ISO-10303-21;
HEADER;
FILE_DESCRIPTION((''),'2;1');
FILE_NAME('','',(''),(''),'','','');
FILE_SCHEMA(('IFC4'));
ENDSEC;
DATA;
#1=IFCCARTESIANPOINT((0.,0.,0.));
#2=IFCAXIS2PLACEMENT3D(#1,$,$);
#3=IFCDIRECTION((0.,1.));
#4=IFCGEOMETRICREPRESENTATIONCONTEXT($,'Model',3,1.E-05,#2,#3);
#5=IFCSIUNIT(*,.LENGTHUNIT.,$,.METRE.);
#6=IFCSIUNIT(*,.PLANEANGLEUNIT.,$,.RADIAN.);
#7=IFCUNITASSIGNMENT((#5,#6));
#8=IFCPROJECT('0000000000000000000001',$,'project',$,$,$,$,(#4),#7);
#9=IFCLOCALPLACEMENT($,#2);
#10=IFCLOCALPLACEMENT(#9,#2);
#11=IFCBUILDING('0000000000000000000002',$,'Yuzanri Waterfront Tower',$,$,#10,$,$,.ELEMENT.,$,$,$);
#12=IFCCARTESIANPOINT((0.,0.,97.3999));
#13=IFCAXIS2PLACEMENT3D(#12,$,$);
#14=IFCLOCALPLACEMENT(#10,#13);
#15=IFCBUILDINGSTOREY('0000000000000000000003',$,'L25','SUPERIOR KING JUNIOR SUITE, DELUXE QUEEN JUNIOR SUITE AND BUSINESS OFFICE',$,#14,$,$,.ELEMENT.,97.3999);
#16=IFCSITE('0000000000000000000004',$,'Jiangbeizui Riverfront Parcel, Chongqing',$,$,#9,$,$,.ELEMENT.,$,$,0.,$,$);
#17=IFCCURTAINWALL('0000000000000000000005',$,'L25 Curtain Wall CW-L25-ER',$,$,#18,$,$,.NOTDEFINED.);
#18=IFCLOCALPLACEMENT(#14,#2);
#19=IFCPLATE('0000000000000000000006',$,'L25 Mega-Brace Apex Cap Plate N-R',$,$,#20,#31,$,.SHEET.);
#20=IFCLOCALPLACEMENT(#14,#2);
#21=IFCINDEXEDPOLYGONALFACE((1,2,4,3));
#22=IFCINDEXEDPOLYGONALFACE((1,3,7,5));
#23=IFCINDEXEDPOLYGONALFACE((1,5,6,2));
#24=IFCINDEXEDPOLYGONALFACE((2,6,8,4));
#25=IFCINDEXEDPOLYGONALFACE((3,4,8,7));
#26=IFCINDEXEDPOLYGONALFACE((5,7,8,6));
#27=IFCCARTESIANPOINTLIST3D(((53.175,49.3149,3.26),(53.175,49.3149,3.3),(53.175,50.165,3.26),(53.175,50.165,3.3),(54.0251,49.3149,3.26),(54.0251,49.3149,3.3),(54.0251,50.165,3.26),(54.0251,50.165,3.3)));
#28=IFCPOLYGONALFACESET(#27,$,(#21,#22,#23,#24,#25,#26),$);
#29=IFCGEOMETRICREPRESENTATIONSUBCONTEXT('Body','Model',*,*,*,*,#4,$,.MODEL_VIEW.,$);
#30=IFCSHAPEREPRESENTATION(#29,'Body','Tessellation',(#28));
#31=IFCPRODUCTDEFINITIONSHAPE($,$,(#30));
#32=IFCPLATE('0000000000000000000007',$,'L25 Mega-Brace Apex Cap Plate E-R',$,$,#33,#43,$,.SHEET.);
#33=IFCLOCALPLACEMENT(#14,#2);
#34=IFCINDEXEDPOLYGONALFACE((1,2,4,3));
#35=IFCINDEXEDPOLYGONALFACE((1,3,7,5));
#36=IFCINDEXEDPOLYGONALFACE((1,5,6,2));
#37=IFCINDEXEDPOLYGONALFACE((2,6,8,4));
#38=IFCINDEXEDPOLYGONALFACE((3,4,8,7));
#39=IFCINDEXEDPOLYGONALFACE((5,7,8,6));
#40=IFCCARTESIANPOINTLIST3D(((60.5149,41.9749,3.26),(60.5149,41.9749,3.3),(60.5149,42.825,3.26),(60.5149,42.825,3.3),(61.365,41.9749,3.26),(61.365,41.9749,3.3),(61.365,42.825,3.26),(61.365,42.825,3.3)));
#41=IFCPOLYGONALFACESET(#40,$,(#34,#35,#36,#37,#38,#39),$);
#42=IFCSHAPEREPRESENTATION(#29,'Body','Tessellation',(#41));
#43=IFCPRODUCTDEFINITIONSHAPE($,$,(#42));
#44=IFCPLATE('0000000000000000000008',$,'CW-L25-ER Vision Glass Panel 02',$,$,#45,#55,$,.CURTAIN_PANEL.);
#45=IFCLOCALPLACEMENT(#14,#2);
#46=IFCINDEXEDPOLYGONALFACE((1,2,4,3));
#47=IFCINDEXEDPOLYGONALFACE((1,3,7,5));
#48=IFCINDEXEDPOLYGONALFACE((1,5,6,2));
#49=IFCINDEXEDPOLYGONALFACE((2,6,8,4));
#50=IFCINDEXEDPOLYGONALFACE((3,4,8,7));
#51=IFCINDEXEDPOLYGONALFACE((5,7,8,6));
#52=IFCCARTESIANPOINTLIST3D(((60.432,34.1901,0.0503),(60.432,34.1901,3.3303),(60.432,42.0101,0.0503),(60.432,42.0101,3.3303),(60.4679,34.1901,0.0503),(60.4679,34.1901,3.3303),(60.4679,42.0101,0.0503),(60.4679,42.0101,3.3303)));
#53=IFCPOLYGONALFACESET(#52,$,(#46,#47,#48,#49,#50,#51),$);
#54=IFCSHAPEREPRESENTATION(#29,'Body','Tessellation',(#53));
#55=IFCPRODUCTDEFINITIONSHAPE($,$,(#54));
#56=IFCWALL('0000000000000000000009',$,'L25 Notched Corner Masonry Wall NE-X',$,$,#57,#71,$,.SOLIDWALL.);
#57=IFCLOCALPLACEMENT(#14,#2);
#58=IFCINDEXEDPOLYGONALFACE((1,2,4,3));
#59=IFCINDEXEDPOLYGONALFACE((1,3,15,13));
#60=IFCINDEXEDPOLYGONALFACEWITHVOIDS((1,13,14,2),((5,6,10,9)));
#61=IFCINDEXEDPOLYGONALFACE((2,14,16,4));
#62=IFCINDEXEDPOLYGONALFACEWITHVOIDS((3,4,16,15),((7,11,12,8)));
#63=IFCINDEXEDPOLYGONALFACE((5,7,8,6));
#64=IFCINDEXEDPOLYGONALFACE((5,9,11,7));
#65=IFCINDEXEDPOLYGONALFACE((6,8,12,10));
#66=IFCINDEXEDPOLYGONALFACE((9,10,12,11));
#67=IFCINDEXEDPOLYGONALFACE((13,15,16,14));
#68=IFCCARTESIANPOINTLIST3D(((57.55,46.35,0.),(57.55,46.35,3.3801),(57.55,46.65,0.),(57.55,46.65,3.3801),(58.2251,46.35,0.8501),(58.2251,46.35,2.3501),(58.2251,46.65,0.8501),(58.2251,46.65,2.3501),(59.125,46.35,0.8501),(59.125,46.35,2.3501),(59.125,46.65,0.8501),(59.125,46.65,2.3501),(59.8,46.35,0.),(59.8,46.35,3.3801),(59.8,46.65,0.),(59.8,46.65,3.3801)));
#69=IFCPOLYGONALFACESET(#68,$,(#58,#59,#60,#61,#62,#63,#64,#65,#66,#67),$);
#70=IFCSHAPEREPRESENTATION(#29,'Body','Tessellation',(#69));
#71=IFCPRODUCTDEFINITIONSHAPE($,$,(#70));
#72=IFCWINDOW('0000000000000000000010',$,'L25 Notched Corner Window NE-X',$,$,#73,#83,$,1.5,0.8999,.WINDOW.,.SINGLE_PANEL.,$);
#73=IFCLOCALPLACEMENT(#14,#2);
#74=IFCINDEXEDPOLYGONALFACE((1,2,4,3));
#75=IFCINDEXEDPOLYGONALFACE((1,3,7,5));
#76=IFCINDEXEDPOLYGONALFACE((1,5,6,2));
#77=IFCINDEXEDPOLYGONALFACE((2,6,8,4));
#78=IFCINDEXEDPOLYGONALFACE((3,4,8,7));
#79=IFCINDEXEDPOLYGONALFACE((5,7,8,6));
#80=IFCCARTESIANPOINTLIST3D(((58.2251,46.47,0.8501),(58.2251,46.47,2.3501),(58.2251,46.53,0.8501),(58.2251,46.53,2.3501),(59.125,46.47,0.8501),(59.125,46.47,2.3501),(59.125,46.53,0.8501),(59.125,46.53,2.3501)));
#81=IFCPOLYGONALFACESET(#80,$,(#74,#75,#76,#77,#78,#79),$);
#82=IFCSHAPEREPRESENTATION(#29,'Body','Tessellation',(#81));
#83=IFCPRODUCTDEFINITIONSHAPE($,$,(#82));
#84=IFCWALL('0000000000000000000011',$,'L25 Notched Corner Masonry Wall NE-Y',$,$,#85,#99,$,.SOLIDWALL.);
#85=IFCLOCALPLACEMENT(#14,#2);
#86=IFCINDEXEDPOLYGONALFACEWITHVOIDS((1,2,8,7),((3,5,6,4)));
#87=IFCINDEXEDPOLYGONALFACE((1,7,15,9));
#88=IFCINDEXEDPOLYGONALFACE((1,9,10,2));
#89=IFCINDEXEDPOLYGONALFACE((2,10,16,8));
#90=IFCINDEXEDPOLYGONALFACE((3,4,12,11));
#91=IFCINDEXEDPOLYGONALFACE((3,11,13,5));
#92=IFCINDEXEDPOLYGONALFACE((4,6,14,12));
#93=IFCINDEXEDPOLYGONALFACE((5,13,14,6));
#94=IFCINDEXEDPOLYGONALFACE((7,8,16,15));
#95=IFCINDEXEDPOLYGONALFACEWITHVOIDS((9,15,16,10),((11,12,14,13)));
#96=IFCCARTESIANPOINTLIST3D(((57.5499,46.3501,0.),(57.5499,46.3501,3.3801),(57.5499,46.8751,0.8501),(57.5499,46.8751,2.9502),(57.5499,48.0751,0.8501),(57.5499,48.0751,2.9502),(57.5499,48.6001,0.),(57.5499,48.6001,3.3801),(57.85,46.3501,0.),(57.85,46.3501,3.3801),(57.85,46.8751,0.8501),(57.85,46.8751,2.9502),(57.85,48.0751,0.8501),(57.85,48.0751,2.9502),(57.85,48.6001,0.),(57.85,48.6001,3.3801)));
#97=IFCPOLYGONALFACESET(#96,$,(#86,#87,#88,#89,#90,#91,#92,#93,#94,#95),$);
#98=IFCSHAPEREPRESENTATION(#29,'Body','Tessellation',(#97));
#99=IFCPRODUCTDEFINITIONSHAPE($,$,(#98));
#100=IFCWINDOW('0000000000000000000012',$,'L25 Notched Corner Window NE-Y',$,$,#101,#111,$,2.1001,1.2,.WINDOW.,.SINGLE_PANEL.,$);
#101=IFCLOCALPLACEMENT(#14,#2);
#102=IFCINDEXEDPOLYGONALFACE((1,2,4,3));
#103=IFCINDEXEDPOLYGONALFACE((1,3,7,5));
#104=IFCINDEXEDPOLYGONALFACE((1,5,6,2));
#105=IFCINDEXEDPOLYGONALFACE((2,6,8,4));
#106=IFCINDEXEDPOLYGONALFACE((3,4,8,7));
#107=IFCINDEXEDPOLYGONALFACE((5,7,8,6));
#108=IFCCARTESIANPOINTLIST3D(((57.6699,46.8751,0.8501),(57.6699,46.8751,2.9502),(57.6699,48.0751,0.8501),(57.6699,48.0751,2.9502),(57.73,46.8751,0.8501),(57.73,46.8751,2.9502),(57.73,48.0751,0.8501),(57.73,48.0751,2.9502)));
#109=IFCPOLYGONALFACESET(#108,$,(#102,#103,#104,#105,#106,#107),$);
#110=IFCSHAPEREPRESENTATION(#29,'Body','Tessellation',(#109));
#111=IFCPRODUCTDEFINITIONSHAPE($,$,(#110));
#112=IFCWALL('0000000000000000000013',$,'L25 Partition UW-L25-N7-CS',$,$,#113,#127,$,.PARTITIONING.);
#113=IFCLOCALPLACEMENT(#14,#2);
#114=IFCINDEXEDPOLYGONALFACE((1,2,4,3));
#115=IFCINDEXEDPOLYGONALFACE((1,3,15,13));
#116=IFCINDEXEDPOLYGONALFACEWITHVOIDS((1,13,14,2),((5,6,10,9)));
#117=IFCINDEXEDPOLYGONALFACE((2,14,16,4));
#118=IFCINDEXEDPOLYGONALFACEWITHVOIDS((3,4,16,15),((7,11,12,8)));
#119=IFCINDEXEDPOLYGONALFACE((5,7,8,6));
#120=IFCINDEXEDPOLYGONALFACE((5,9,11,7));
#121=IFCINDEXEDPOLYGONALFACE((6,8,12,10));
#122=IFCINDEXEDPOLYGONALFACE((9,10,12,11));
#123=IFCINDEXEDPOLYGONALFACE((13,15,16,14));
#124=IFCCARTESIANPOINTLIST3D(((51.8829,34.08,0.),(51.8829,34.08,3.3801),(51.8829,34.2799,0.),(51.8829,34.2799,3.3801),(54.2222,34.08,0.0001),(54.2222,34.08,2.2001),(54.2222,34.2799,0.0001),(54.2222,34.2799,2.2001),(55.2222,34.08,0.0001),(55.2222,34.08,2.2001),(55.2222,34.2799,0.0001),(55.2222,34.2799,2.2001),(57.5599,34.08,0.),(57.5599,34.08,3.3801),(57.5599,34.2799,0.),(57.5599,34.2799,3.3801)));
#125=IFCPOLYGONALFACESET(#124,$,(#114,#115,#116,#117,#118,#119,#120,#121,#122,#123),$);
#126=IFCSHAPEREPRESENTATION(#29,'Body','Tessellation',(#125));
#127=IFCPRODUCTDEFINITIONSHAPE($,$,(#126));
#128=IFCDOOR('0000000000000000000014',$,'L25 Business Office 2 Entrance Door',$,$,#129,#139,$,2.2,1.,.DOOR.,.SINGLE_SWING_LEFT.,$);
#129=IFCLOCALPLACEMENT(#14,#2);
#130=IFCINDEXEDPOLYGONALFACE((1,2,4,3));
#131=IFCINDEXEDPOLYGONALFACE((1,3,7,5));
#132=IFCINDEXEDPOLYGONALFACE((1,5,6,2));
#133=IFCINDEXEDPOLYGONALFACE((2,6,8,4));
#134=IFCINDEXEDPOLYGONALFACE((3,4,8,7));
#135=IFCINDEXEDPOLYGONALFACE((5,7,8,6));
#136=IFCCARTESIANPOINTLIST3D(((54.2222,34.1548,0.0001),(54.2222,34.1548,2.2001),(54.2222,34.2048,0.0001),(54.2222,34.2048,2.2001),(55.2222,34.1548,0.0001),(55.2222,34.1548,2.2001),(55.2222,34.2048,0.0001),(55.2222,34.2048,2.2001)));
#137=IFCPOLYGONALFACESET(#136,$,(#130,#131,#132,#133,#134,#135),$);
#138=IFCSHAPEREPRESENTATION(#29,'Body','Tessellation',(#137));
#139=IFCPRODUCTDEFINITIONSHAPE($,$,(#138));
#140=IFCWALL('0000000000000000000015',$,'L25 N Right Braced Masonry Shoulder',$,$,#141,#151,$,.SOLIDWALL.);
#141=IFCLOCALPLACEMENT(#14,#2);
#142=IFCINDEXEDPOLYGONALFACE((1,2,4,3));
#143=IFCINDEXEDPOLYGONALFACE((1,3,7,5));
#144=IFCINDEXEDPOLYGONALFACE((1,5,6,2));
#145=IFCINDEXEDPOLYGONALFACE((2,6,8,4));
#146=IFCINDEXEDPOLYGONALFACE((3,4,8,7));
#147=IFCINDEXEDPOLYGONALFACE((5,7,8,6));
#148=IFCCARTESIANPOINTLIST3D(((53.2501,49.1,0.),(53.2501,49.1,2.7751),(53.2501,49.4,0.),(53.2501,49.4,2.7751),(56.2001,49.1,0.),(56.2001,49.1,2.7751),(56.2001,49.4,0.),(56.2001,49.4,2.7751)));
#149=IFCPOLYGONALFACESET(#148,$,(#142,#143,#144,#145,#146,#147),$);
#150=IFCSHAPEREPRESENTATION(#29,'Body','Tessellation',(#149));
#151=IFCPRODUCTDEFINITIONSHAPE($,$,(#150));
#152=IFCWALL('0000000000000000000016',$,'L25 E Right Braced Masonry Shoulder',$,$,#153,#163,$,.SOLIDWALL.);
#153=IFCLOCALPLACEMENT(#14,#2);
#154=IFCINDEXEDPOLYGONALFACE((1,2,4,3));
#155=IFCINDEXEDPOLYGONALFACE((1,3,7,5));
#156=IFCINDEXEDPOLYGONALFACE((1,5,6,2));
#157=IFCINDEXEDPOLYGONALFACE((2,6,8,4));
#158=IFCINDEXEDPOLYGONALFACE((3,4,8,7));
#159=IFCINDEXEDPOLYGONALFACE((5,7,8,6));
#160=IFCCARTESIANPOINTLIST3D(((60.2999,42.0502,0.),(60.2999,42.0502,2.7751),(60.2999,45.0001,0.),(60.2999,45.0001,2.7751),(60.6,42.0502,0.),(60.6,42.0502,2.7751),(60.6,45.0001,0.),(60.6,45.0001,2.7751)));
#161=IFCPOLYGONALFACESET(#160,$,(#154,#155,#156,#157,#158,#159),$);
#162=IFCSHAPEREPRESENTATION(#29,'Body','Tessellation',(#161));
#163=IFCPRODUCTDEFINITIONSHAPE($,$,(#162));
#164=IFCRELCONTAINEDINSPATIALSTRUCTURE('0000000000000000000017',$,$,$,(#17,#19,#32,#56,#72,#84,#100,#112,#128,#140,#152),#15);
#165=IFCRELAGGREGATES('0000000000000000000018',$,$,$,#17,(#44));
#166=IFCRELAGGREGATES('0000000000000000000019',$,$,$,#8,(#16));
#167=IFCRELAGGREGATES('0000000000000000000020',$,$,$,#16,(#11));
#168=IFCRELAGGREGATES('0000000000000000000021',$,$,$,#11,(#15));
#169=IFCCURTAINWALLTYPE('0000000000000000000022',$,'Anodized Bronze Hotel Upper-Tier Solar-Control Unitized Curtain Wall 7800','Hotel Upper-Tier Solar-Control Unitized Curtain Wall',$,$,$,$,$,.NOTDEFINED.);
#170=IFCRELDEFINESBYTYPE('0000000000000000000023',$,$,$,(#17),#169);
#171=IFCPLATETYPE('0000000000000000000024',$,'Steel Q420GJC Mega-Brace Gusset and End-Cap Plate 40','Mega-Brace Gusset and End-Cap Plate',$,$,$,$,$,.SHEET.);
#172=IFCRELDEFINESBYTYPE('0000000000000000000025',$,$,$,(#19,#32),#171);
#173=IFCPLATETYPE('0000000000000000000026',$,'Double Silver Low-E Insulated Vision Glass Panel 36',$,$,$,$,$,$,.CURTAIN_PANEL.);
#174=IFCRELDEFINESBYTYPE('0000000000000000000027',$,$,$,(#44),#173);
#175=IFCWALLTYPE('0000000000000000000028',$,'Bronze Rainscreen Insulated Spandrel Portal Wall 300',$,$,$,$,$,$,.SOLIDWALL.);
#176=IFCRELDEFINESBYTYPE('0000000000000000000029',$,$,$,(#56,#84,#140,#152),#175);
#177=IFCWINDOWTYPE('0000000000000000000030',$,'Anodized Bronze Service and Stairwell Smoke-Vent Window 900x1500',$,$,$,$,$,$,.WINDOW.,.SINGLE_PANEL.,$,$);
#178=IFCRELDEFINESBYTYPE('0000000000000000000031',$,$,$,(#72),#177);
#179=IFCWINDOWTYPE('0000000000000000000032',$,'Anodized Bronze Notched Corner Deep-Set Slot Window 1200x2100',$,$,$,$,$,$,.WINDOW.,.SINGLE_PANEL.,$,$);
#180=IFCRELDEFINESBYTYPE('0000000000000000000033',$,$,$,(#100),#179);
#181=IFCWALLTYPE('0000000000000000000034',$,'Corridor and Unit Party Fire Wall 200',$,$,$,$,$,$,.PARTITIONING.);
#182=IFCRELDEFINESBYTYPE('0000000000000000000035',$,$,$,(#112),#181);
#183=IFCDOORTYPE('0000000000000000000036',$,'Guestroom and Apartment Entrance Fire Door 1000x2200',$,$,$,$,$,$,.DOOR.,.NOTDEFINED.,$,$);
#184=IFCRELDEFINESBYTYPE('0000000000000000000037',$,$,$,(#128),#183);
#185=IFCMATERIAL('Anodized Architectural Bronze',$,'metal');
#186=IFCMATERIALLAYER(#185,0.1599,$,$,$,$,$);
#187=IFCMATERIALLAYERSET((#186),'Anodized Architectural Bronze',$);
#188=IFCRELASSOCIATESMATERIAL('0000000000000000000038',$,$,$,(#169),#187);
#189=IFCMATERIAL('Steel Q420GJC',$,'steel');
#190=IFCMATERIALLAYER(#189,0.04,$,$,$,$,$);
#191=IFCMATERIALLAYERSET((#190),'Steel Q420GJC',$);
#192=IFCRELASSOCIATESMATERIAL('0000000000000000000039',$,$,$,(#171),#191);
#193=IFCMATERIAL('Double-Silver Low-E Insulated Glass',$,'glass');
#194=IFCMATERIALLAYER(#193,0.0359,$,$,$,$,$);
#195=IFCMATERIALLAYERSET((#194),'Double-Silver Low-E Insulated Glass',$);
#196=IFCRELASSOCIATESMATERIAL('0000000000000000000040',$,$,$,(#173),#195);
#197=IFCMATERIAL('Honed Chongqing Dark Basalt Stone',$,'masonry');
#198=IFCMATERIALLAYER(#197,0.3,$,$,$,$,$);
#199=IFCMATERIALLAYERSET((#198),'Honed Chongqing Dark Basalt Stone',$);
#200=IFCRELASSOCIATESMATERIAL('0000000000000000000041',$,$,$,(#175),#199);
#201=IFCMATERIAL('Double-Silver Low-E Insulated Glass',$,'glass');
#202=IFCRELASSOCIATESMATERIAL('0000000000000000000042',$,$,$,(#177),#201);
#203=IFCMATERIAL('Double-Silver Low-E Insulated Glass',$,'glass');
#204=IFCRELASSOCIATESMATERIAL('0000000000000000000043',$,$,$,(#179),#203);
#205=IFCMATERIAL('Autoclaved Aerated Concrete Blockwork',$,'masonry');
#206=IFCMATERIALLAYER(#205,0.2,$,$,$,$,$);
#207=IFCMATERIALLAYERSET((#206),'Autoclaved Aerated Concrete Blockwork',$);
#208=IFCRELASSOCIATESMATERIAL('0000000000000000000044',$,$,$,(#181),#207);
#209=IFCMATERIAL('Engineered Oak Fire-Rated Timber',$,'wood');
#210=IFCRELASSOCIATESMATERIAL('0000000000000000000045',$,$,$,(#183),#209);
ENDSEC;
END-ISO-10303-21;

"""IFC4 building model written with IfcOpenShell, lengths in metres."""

from ifc_helpers import new_model, si_unit, direction, frame, frame_2d, origin, origin_2d, place, context, subcontext, project, spatial, rectangle, extrude, source, transform, mapped, material, layer, layer_set, type_object, element, fill, aggregate, save


model = new_model("IFC4")

# Units and contexts
model_context = context("Model", 3, precision=1e-05, world=origin(), true_north=direction((0.0, 1.0)))
body_context = subcontext(model_context, "Body", "Model", "MODEL_VIEW")
ifc_project = project(units=[si_unit("LENGTHUNIT", "METRE"), si_unit("PLANEANGLEUNIT", "RADIAN")], contexts=[model_context])

# Site, building, storey
site_placement = place(None, origin())
site = spatial("IfcSite", under=ifc_project, at=site_placement, Name="Jiangbeizui Riverfront Parcel, Chongqing", CompositionType="ELEMENT", RefElevation=0.0)
building_placement = place(site_placement, origin())
building = spatial("IfcBuilding", under=site, at=building_placement, Name="Yuzanri Waterfront Tower", CompositionType="ELEMENT")
storey_placement = place(building_placement, frame((0.0, 0.0, 97.3999)))
storey = spatial("IfcBuildingStorey", under=building, at=storey_placement, Name="L25", Description="SUPERIOR KING JUNIOR SUITE, DELUXE QUEEN JUNIOR SUITE AND BUSINESS OFFICE", CompositionType="ELEMENT", Elevation=97.3999)

# Curtain wall
ifc_material_1 = material(Name="Anodized Architectural Bronze", Category="metal")
ifc_layer_1 = layer(ifc_material_1, 0.1599)
ifc_layer_set_1 = layer_set([ifc_layer_1], Name="Anodized Architectural Bronze")
curtain_wall_type = type_object("IfcCurtainWallType", Name="Anodized Bronze Hotel Upper-Tier Solar-Control Unitized Curtain Wall 7800", Description="Hotel Upper-Tier Solar-Control Unitized Curtain Wall", PredefinedType="NOTDEFINED", material=ifc_layer_set_1)
curtain_wall_1_placement = place(storey_placement, origin())
curtain_wall_1 = element("IfcCurtainWall", 1, at=curtain_wall_1_placement, inside=storey, type_object=curtain_wall_type, Name="L25 Curtain Wall CW-L25-ER", PredefinedType="NOTDEFINED")

# Plates
ifc_material_2 = material(Name="Steel Q420GJC", Category="steel")
ifc_layer_2 = layer(ifc_material_2, 0.04)
ifc_layer_set_2 = layer_set([ifc_layer_2], Name="Steel Q420GJC")
plate_type_1 = type_object("IfcPlateType", Name="Steel Q420GJC Mega-Brace Gusset and End-Cap Plate 40", Description="Mega-Brace Gusset and End-Cap Plate", PredefinedType="SHEET", material=ifc_layer_set_2)
shared_shape_1 = source(origin(), body_context, "Body", "SweptSolid", [
    extrude(rectangle(XDim=0.8501, YDim=0.8501, at=origin_2d()), origin(), (0.0, 0.0, 1.0), 0.04),
])
for number, where, z_axis, x_axis, name in (
    (2, (53.6001, 49.74, 3.26), (0.0, 0.0, 1.0), (1.0, 0.0, 0.0), "L25 Mega-Brace Apex Cap Plate N-R"),
    (3, (60.9399, 42.3999, 3.26), (0.0, 0.0, 1.0), (1.0, 0.0, 0.0), "L25 Mega-Brace Apex Cap Plate E-R"),
):
    element("IfcPlate", number, at=place(storey_placement, frame(where, z_axis=z_axis, x_axis=x_axis)), inside=storey, type_object=plate_type_1, Name=name, PredefinedType="SHEET", context=body_context, shape_type="MappedRepresentation", body=[
        mapped(shared_shape_1, transform((0.0, 0.0, 0.0), scale=1.0)),
    ])

# Plate
ifc_material_3 = material(Name="Double-Silver Low-E Insulated Glass", Category="glass")
ifc_layer_3 = layer(ifc_material_3, 0.0359)
ifc_layer_set_3 = layer_set([ifc_layer_3], Name="Double-Silver Low-E Insulated Glass")
plate_type_2 = type_object("IfcPlateType", Name="Double Silver Low-E Insulated Vision Glass Panel 36", PredefinedType="CURTAIN_PANEL", material=ifc_layer_set_3)
shared_shape_2 = source(origin(), body_context, "Body", "SweptSolid", [
    extrude(rectangle(XDim=7.8201, YDim=0.0359, at=origin_2d()), origin(), (0.0, 0.0, 1.0), 3.28),
])
plate_placement = place(storey_placement, frame((60.45, 38.1001, 0.0503), z_axis=(0.0, 0.0, 1.0), x_axis=(0.0, 1.0, 0.0)))
plate = element("IfcPlate", 4, at=plate_placement, type_object=plate_type_2, Name="CW-L25-ER Vision Glass Panel 02", PredefinedType="CURTAIN_PANEL", context=body_context, shape_type="MappedRepresentation", body=[
    mapped(shared_shape_2, transform((0.0, 0.0, 0.0), scale=1.0)),
])
aggregate(curtain_wall_1, [plate])

# Walls, openings, windows
ifc_material_4 = material(Name="Honed Chongqing Dark Basalt Stone", Category="masonry")
ifc_layer_4 = layer(ifc_material_4, 0.3)
ifc_layer_set_4 = layer_set([ifc_layer_4], Name="Honed Chongqing Dark Basalt Stone")
wall_type_1 = type_object("IfcWallType", Name="Bronze Rainscreen Insulated Spandrel Portal Wall 300", PredefinedType="SOLIDWALL", material=ifc_layer_set_4)
wall_1_placement = place(storey_placement, frame((59.8, 46.5, 0.0), z_axis=(0.0, 0.0, 1.0), x_axis=(-1.0, 0.0, 0.0)))
wall_1 = element("IfcWall", 5, at=wall_1_placement, inside=storey, type_object=wall_type_1, Name="L25 Notched Corner Masonry Wall NE-X", PredefinedType="SOLIDWALL", context=body_context, shape_type="SweptSolid", body=[
    extrude(rectangle(XDim=2.25, YDim=0.3, at=frame_2d((1.125, 0.0))), origin(), (0.0, 0.0, 1.0), 3.3801),
])
opening_1_placement = place(wall_1_placement, frame((0.675, 0.0, 0.8501)))
opening_1 = element("IfcOpeningElement", 6, at=opening_1_placement, cuts=wall_1, PredefinedType="OPENING", context=body_context, shape_type="SweptSolid", body=[
    extrude(rectangle(XDim=0.8999, YDim=1.5, at=frame_2d((0.45, 0.75))), frame((0.0, 0.165, 0.0), z_axis=(0.0, -1.0, 0.0), x_axis=(1.0, 0.0, 0.0)), (0.0, 0.0, 1.0), 0.3298),
])
ifc_material_5 = material(Name="Double-Silver Low-E Insulated Glass", Category="glass")
window_type_1 = type_object("IfcWindowType", Name="Anodized Bronze Service and Stairwell Smoke-Vent Window 900x1500", PartitioningType="SINGLE_PANEL", PredefinedType="WINDOW", material=ifc_material_5)
shared_shape_3 = source(origin(), body_context, "Body", "SweptSolid", [
    extrude(rectangle(XDim=0.8999, YDim=1.5, at=frame_2d((0.45, 0.75))), frame((0.0, 0.03, 0.0), z_axis=(0.0, -1.0, 0.0), x_axis=(1.0, 0.0, 0.0)), (0.0, 0.0, 1.0), 0.0601),
])
window_1_placement = place(opening_1_placement, origin())
window_1 = element("IfcWindow", 7, at=window_1_placement, inside=storey, type_object=window_type_1, Name="L25 Notched Corner Window NE-X", OverallHeight=1.5, OverallWidth=0.8999, PartitioningType="SINGLE_PANEL", PredefinedType="WINDOW", context=body_context, shape_type="MappedRepresentation", body=[
    mapped(shared_shape_3, transform((0.0, 0.0, 0.0), scale=1.0)),
])
fill(opening_1, window_1)
wall_2_placement = place(storey_placement, frame((57.7, 46.3501, 0.0), z_axis=(0.0, 0.0, 1.0), x_axis=(0.0, 1.0, 0.0)))
wall_2 = element("IfcWall", 8, at=wall_2_placement, inside=storey, type_object=wall_type_1, Name="L25 Notched Corner Masonry Wall NE-Y", PredefinedType="SOLIDWALL", context=body_context, shape_type="SweptSolid", body=[
    extrude(rectangle(XDim=2.25, YDim=0.3, at=frame_2d((1.125, 0.0))), origin(), (0.0, 0.0, 1.0), 3.3801),
])
opening_2_placement = place(wall_2_placement, frame((0.5249, 0.0, 0.8501)))
opening_2 = element("IfcOpeningElement", 9, at=opening_2_placement, cuts=wall_2, PredefinedType="OPENING", context=body_context, shape_type="SweptSolid", body=[
    extrude(rectangle(XDim=1.2, YDim=2.1001, at=frame_2d((0.6001, 1.05))), frame((0.0, 0.165, 0.0), z_axis=(0.0, -1.0, 0.0), x_axis=(1.0, 0.0, 0.0)), (0.0, 0.0, 1.0), 0.3298),
])
ifc_material_6 = material(Name="Double-Silver Low-E Insulated Glass", Category="glass")
window_type_2 = type_object("IfcWindowType", Name="Anodized Bronze Notched Corner Deep-Set Slot Window 1200x2100", PartitioningType="SINGLE_PANEL", PredefinedType="WINDOW", material=ifc_material_6)
shared_shape_4 = source(origin(), body_context, "Body", "SweptSolid", [
    extrude(rectangle(XDim=1.2, YDim=2.1001, at=frame_2d((0.6001, 1.05))), frame((0.0, 0.03, 0.0), z_axis=(0.0, -1.0, 0.0), x_axis=(1.0, 0.0, 0.0)), (0.0, 0.0, 1.0), 0.0601),
])
window_2_placement = place(opening_2_placement, origin())
window_2 = element("IfcWindow", 10, at=window_2_placement, inside=storey, type_object=window_type_2, Name="L25 Notched Corner Window NE-Y", OverallHeight=2.1001, OverallWidth=1.2, PartitioningType="SINGLE_PANEL", PredefinedType="WINDOW", context=body_context, shape_type="MappedRepresentation", body=[
    mapped(shared_shape_4, transform((0.0, 0.0, 0.0), scale=1.0)),
])
fill(opening_2, window_2)

# Wall, opening, door
ifc_material_7 = material(Name="Autoclaved Aerated Concrete Blockwork", Category="masonry")
ifc_layer_5 = layer(ifc_material_7, 0.2)
ifc_layer_set_5 = layer_set([ifc_layer_5], Name="Autoclaved Aerated Concrete Blockwork")
wall_type_2 = type_object("IfcWallType", Name="Corridor and Unit Party Fire Wall 200", PredefinedType="PARTITIONING", material=ifc_layer_set_5)
wall_3_placement = place(storey_placement, frame((51.8831, 34.1799, 0.0), z_axis=(0.0, 0.0, 1.0), x_axis=(1.0, 0.0, 0.0)))
wall_3 = element("IfcWall", 11, at=wall_3_placement, inside=storey, type_object=wall_type_2, Name="L25 Partition UW-L25-N7-CS", PredefinedType="PARTITIONING", context=body_context, shape_type="SweptSolid", body=[
    extrude(rectangle(XDim=5.677, YDim=0.2, at=frame_2d((2.8384, 0.0))), origin(), (0.0, 0.0, 1.0), 3.3801),
])
opening_3_placement = place(wall_3_placement, frame((2.3391, 0.0, 0.0)))
opening_3 = element("IfcOpeningElement", 12, at=opening_3_placement, cuts=wall_3, PredefinedType="OPENING", context=body_context, shape_type="SweptSolid", body=[
    extrude(rectangle(XDim=1.0, YDim=2.2, at=frame_2d((0.5, 1.1001))), frame((0.0, 0.1147, 0.0), z_axis=(0.0, -1.0, 0.0), x_axis=(1.0, 0.0, 0.0)), (0.0, 0.0, 1.0), 0.2297),
])
ifc_material_8 = material(Name="Engineered Oak Fire-Rated Timber", Category="wood")
door_type = type_object("IfcDoorType", Name="Guestroom and Apartment Entrance Fire Door 1000x2200", OperationType="NOTDEFINED", PredefinedType="DOOR", material=ifc_material_8)
shared_shape_5 = source(origin(), body_context, "Body", "SweptSolid", [
    extrude(rectangle(XDim=1.0, YDim=2.2, at=frame_2d((0.5, 1.1001))), frame((0.0, 0.0249, 0.0), z_axis=(0.0, -1.0, 0.0), x_axis=(1.0, 0.0, 0.0)), (0.0, 0.0, 1.0), 0.05),
])
door_placement = place(opening_3_placement, origin())
door = element("IfcDoor", 13, at=door_placement, inside=storey, type_object=door_type, Name="L25 Business Office 2 Entrance Door", OperationType="SINGLE_SWING_LEFT", OverallHeight=2.2, OverallWidth=1.0, PredefinedType="DOOR", context=body_context, shape_type="MappedRepresentation", body=[
    mapped(shared_shape_5, transform((0.0, 0.0, 0.0), scale=1.0)),
])
fill(opening_3, door)

# Walls
shared_shape_6 = source(origin(), body_context, "Body", "SweptSolid", [
    extrude(rectangle(XDim=2.95, YDim=0.3, at=frame_2d((1.4751, 0.0))), origin(), (0.0, 0.0, 1.0), 2.7751),
])
for number, where, z_axis, x_axis, name in (
    (14, (53.25, 49.25, 0.0), (0.0, 0.0, 1.0), (1.0, 0.0, 0.0), "L25 N Right Braced Masonry Shoulder"),
    (15, (60.45, 42.05, 0.0), (0.0, 0.0, 1.0), (0.0, 1.0, 0.0), "L25 E Right Braced Masonry Shoulder"),
):
    element("IfcWall", number, at=place(storey_placement, frame(where, z_axis=z_axis, x_axis=x_axis)), inside=storey, type_object=wall_type_1, Name=name, PredefinedType="SOLIDWALL", context=body_context, shape_type="MappedRepresentation", body=[
        mapped(shared_shape_6, transform((0.0, 0.0, 0.0), scale=1.0)),
    ])

save(model, "model.ifc")
